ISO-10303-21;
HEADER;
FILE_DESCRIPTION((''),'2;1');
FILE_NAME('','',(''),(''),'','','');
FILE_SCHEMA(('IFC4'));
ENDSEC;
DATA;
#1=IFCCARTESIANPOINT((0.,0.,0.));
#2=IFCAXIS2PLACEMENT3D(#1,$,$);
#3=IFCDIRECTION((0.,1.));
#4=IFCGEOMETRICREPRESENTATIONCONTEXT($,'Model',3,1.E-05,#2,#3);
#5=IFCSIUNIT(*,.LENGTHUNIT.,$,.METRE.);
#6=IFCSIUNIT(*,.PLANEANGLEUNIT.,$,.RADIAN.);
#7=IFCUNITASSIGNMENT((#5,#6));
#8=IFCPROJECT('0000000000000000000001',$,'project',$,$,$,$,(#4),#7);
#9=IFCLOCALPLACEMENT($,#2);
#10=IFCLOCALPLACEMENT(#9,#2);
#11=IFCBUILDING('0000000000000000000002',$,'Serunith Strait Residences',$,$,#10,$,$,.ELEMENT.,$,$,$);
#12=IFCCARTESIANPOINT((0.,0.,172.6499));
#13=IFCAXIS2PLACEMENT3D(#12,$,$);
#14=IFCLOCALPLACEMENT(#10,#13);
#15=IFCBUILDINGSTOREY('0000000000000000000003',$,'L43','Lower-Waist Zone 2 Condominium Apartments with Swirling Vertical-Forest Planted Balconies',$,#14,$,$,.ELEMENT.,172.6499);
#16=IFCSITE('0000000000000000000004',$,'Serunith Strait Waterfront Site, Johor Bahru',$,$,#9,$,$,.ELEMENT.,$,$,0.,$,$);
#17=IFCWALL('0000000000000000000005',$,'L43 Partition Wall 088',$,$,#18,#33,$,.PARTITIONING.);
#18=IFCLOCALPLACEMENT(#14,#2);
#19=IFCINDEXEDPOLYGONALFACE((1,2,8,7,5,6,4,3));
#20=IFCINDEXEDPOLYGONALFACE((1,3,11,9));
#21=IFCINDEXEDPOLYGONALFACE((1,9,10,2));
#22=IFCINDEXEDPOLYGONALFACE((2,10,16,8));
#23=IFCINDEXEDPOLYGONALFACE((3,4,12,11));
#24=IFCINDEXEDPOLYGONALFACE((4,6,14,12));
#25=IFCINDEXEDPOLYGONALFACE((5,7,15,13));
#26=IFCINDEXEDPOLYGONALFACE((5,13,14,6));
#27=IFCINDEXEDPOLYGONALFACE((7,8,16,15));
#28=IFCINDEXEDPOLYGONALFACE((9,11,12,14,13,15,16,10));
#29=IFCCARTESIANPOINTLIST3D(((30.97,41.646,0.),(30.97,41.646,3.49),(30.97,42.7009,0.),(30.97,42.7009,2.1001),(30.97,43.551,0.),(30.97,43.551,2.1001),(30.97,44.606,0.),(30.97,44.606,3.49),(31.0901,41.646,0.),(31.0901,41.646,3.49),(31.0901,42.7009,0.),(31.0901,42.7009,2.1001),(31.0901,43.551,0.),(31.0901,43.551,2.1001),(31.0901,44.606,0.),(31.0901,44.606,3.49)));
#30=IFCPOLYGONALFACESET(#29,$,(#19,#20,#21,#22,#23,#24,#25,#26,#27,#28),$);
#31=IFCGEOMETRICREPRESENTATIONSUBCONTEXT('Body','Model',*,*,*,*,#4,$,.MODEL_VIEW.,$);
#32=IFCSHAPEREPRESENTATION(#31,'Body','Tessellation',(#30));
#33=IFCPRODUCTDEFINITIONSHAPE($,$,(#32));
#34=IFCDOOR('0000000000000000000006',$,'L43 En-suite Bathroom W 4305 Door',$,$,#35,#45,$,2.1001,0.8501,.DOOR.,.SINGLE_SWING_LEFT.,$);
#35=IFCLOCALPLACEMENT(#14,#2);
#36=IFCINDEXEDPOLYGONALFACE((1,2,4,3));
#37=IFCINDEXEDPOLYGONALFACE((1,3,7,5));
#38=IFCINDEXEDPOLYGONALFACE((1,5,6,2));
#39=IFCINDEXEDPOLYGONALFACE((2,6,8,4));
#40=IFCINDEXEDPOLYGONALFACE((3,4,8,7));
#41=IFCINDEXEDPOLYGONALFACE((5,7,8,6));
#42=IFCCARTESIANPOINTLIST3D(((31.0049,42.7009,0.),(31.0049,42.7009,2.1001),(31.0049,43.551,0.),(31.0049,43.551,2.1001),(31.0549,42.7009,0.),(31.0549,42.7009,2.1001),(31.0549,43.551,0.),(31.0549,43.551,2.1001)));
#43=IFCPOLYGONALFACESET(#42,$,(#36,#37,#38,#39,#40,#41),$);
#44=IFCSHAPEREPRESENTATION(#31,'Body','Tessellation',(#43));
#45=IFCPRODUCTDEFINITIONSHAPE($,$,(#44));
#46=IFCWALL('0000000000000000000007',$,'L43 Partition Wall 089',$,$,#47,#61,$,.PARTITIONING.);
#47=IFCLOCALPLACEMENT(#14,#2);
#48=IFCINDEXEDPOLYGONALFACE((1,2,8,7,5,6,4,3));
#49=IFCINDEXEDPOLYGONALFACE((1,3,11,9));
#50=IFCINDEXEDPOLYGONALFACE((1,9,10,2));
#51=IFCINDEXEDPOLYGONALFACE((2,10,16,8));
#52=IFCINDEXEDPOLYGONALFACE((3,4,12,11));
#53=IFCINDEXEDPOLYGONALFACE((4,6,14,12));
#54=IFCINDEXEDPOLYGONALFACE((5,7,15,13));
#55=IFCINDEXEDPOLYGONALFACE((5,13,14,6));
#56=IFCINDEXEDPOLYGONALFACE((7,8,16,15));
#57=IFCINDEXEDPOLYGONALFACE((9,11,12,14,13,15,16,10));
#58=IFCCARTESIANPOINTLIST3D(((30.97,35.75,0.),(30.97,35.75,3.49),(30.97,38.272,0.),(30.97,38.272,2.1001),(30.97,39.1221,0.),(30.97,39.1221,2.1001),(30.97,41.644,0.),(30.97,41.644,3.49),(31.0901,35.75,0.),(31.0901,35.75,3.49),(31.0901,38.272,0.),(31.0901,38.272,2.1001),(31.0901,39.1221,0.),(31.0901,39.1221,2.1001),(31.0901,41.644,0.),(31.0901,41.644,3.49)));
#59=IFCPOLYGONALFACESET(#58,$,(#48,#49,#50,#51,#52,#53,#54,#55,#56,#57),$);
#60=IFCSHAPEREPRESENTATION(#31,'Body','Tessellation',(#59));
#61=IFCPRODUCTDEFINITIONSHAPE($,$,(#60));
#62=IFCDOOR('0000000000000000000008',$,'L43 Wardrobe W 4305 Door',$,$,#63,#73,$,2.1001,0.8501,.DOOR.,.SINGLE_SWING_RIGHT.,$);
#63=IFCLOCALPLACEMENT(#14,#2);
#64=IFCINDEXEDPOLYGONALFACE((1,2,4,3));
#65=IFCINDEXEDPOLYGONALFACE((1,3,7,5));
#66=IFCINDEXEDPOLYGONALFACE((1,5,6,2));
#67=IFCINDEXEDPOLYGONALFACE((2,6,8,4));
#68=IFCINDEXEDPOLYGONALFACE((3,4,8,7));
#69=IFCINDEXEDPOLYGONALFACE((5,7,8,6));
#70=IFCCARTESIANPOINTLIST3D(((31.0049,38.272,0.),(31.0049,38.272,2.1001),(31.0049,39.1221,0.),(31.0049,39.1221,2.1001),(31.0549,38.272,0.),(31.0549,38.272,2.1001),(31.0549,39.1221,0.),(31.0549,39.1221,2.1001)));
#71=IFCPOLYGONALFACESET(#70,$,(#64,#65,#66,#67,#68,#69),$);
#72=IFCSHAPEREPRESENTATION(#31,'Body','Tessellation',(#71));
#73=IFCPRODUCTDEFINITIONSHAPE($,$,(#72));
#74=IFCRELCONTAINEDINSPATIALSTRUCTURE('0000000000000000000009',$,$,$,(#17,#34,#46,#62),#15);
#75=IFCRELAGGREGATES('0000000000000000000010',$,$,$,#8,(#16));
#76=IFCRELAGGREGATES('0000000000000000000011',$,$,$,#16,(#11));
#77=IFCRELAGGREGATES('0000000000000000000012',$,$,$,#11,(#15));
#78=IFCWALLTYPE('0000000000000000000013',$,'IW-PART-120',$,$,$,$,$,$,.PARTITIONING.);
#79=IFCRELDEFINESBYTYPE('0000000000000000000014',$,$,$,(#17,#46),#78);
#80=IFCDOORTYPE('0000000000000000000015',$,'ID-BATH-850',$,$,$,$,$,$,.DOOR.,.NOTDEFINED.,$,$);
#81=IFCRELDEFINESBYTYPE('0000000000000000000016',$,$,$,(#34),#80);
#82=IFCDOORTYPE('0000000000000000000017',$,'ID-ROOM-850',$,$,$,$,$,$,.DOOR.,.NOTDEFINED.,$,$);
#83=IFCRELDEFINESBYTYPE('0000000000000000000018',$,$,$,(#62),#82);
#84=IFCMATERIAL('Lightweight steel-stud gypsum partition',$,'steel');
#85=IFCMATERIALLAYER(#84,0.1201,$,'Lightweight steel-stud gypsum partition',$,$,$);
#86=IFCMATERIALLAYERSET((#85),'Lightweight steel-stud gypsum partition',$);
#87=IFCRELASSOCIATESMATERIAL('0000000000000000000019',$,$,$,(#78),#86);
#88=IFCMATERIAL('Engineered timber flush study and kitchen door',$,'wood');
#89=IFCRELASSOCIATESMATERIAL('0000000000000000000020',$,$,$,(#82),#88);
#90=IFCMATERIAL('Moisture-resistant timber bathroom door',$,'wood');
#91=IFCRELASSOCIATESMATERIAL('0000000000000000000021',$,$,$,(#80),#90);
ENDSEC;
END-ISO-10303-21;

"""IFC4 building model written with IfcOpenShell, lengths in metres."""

from ifc_helpers import new_model, si_unit, direction, frame, frame_2d, origin, place, context, subcontext, project, spatial, rectangle, extrude, source, transform, mapped, material, layer, layer_set, type_object, element, fill, save


model = new_model("IFC4")

# Units and contexts
model_context = context("Model", 3, precision=1e-05, world=origin(), true_north=direction((0.0, 1.0)))
body_context = subcontext(model_context, "Body", "Model", "MODEL_VIEW")
ifc_project = project(units=[si_unit("LENGTHUNIT", "METRE"), si_unit("PLANEANGLEUNIT", "RADIAN")], contexts=[model_context])

# Site, building, storey
site_placement = place(None, origin())
site = spatial("IfcSite", under=ifc_project, at=site_placement, Name="Serunith Strait Waterfront Site, Johor Bahru", CompositionType="ELEMENT", RefElevation=0.0)
building_placement = place(site_placement, origin())
building = spatial("IfcBuilding", under=site, at=building_placement, Name="Serunith Strait Residences", CompositionType="ELEMENT")
storey_placement = place(building_placement, frame((0.0, 0.0, 172.6499)))
storey = spatial("IfcBuildingStorey", under=building, at=storey_placement, Name="L43", Description="Lower-Waist Zone 2 Condominium Apartments with Swirling Vertical-Forest Planted Balconies", CompositionType="ELEMENT", Elevation=172.6499)

# Shared definitions
ifc_material_1 = material(Name="Lightweight steel-stud gypsum partition", Category="steel")
ifc_layer_1 = layer(ifc_material_1, 0.1201, Name="Lightweight steel-stud gypsum partition")
ifc_layer_set_1 = layer_set([ifc_layer_1], Name="Lightweight steel-stud gypsum partition")
wall_type = type_object("IfcWallType", Name="IW-PART-120", PredefinedType="PARTITIONING", material=ifc_layer_set_1)
ifc_material_2 = material(Name="Engineered timber flush study and kitchen door", Category="wood")
door_type_1 = type_object("IfcDoorType", Name="ID-ROOM-850", OperationType="NOTDEFINED", PredefinedType="DOOR", material=ifc_material_2)
shared_shape_1 = source(origin(), body_context, "Body", "SweptSolid", [
    extrude(rectangle(XDim=0.8501, YDim=2.1001, at=frame_2d((0.425, 1.05))), frame((0.0, 0.0249, 0.0), z_axis=(0.0, -1.0, 0.0), x_axis=(1.0, 0.0, 0.0)), (0.0, 0.0, 1.0), 0.05),
])

# Walls, openings, doors
wall_1_placement = place(storey_placement, frame((31.03, 44.606, 0.0), z_axis=(0.0, 0.0, 1.0), x_axis=(0.0, -1.0, 0.0)))
wall_1 = element("IfcWall", 1, at=wall_1_placement, inside=storey, type_object=wall_type, Name="L43 Partition Wall 088", PredefinedType="PARTITIONING", context=body_context, shape_type="SweptSolid", body=[
    extrude(rectangle(XDim=2.96, YDim=0.1201, at=frame_2d((1.48, 0.0))), origin(), (0.0, 0.0, 1.0), 3.49),
])
opening_1_placement = place(wall_1_placement, frame((1.0549, 0.0, 0.0)))
opening_1 = element("IfcOpeningElement", 2, at=opening_1_placement, cuts=wall_1, PredefinedType="OPENING", context=body_context, shape_type="SweptSolid", body=[
    extrude(rectangle(XDim=0.8501, YDim=2.1001, at=frame_2d((0.425, 1.05))), frame((0.0, 0.0701, 0.0), z_axis=(0.0, -1.0, 0.0), x_axis=(1.0, 0.0, 0.0)), (0.0, 0.0, 1.0), 0.1401),
])
ifc_material_3 = material(Name="Moisture-resistant timber bathroom door", Category="wood")
door_type_2 = type_object("IfcDoorType", Name="ID-BATH-850", OperationType="NOTDEFINED", PredefinedType="DOOR", material=ifc_material_3)
door_1_placement = place(opening_1_placement, origin())
door_1 = element("IfcDoor", 3, at=door_1_placement, inside=storey, type_object=door_type_2, Name="L43 En-suite Bathroom W 4305 Door", OperationType="SINGLE_SWING_LEFT", OverallHeight=2.1001, OverallWidth=0.8501, PredefinedType="DOOR", context=body_context, shape_type="MappedRepresentation", body=[
    mapped(shared_shape_1, transform((0.0, 0.0, 0.0), scale=1.0)),
])
fill(opening_1, door_1)
wall_2_placement = place(storey_placement, frame((31.03, 41.644, 0.0), z_axis=(0.0, 0.0, 1.0), x_axis=(0.0, -1.0, 0.0)))
wall_2 = element("IfcWall", 4, at=wall_2_placement, inside=storey, type_object=wall_type, Name="L43 Partition Wall 089", PredefinedType="PARTITIONING", context=body_context, shape_type="SweptSolid", body=[
    extrude(rectangle(XDim=5.894, YDim=0.1201, at=frame_2d((2.947, 0.0))), origin(), (0.0, 0.0, 1.0), 3.49),
])
opening_2_placement = place(wall_2_placement, frame((2.522, 0.0, 0.0)))
opening_2 = element("IfcOpeningElement", 5, at=opening_2_placement, cuts=wall_2, PredefinedType="OPENING", context=body_context, shape_type="SweptSolid", body=[
    extrude(rectangle(XDim=0.8501, YDim=2.1001, at=frame_2d((0.425, 1.05))), frame((0.0, 0.0701, 0.0), z_axis=(0.0, -1.0, 0.0), x_axis=(1.0, 0.0, 0.0)), (0.0, 0.0, 1.0), 0.1401),
])
door_2_placement = place(opening_2_placement, origin())
door_2 = element("IfcDoor", 6, at=door_2_placement, inside=storey, type_object=door_type_1, Name="L43 Wardrobe W 4305 Door", OperationType="SINGLE_SWING_RIGHT", OverallHeight=2.1001, OverallWidth=0.8501, PredefinedType="DOOR", context=body_context, shape_type="MappedRepresentation", body=[
    mapped(shared_shape_1, transform((0.0, 0.0, 0.0), scale=1.0)),
])
fill(opening_2, door_2)

save(model, "model.ifc")
